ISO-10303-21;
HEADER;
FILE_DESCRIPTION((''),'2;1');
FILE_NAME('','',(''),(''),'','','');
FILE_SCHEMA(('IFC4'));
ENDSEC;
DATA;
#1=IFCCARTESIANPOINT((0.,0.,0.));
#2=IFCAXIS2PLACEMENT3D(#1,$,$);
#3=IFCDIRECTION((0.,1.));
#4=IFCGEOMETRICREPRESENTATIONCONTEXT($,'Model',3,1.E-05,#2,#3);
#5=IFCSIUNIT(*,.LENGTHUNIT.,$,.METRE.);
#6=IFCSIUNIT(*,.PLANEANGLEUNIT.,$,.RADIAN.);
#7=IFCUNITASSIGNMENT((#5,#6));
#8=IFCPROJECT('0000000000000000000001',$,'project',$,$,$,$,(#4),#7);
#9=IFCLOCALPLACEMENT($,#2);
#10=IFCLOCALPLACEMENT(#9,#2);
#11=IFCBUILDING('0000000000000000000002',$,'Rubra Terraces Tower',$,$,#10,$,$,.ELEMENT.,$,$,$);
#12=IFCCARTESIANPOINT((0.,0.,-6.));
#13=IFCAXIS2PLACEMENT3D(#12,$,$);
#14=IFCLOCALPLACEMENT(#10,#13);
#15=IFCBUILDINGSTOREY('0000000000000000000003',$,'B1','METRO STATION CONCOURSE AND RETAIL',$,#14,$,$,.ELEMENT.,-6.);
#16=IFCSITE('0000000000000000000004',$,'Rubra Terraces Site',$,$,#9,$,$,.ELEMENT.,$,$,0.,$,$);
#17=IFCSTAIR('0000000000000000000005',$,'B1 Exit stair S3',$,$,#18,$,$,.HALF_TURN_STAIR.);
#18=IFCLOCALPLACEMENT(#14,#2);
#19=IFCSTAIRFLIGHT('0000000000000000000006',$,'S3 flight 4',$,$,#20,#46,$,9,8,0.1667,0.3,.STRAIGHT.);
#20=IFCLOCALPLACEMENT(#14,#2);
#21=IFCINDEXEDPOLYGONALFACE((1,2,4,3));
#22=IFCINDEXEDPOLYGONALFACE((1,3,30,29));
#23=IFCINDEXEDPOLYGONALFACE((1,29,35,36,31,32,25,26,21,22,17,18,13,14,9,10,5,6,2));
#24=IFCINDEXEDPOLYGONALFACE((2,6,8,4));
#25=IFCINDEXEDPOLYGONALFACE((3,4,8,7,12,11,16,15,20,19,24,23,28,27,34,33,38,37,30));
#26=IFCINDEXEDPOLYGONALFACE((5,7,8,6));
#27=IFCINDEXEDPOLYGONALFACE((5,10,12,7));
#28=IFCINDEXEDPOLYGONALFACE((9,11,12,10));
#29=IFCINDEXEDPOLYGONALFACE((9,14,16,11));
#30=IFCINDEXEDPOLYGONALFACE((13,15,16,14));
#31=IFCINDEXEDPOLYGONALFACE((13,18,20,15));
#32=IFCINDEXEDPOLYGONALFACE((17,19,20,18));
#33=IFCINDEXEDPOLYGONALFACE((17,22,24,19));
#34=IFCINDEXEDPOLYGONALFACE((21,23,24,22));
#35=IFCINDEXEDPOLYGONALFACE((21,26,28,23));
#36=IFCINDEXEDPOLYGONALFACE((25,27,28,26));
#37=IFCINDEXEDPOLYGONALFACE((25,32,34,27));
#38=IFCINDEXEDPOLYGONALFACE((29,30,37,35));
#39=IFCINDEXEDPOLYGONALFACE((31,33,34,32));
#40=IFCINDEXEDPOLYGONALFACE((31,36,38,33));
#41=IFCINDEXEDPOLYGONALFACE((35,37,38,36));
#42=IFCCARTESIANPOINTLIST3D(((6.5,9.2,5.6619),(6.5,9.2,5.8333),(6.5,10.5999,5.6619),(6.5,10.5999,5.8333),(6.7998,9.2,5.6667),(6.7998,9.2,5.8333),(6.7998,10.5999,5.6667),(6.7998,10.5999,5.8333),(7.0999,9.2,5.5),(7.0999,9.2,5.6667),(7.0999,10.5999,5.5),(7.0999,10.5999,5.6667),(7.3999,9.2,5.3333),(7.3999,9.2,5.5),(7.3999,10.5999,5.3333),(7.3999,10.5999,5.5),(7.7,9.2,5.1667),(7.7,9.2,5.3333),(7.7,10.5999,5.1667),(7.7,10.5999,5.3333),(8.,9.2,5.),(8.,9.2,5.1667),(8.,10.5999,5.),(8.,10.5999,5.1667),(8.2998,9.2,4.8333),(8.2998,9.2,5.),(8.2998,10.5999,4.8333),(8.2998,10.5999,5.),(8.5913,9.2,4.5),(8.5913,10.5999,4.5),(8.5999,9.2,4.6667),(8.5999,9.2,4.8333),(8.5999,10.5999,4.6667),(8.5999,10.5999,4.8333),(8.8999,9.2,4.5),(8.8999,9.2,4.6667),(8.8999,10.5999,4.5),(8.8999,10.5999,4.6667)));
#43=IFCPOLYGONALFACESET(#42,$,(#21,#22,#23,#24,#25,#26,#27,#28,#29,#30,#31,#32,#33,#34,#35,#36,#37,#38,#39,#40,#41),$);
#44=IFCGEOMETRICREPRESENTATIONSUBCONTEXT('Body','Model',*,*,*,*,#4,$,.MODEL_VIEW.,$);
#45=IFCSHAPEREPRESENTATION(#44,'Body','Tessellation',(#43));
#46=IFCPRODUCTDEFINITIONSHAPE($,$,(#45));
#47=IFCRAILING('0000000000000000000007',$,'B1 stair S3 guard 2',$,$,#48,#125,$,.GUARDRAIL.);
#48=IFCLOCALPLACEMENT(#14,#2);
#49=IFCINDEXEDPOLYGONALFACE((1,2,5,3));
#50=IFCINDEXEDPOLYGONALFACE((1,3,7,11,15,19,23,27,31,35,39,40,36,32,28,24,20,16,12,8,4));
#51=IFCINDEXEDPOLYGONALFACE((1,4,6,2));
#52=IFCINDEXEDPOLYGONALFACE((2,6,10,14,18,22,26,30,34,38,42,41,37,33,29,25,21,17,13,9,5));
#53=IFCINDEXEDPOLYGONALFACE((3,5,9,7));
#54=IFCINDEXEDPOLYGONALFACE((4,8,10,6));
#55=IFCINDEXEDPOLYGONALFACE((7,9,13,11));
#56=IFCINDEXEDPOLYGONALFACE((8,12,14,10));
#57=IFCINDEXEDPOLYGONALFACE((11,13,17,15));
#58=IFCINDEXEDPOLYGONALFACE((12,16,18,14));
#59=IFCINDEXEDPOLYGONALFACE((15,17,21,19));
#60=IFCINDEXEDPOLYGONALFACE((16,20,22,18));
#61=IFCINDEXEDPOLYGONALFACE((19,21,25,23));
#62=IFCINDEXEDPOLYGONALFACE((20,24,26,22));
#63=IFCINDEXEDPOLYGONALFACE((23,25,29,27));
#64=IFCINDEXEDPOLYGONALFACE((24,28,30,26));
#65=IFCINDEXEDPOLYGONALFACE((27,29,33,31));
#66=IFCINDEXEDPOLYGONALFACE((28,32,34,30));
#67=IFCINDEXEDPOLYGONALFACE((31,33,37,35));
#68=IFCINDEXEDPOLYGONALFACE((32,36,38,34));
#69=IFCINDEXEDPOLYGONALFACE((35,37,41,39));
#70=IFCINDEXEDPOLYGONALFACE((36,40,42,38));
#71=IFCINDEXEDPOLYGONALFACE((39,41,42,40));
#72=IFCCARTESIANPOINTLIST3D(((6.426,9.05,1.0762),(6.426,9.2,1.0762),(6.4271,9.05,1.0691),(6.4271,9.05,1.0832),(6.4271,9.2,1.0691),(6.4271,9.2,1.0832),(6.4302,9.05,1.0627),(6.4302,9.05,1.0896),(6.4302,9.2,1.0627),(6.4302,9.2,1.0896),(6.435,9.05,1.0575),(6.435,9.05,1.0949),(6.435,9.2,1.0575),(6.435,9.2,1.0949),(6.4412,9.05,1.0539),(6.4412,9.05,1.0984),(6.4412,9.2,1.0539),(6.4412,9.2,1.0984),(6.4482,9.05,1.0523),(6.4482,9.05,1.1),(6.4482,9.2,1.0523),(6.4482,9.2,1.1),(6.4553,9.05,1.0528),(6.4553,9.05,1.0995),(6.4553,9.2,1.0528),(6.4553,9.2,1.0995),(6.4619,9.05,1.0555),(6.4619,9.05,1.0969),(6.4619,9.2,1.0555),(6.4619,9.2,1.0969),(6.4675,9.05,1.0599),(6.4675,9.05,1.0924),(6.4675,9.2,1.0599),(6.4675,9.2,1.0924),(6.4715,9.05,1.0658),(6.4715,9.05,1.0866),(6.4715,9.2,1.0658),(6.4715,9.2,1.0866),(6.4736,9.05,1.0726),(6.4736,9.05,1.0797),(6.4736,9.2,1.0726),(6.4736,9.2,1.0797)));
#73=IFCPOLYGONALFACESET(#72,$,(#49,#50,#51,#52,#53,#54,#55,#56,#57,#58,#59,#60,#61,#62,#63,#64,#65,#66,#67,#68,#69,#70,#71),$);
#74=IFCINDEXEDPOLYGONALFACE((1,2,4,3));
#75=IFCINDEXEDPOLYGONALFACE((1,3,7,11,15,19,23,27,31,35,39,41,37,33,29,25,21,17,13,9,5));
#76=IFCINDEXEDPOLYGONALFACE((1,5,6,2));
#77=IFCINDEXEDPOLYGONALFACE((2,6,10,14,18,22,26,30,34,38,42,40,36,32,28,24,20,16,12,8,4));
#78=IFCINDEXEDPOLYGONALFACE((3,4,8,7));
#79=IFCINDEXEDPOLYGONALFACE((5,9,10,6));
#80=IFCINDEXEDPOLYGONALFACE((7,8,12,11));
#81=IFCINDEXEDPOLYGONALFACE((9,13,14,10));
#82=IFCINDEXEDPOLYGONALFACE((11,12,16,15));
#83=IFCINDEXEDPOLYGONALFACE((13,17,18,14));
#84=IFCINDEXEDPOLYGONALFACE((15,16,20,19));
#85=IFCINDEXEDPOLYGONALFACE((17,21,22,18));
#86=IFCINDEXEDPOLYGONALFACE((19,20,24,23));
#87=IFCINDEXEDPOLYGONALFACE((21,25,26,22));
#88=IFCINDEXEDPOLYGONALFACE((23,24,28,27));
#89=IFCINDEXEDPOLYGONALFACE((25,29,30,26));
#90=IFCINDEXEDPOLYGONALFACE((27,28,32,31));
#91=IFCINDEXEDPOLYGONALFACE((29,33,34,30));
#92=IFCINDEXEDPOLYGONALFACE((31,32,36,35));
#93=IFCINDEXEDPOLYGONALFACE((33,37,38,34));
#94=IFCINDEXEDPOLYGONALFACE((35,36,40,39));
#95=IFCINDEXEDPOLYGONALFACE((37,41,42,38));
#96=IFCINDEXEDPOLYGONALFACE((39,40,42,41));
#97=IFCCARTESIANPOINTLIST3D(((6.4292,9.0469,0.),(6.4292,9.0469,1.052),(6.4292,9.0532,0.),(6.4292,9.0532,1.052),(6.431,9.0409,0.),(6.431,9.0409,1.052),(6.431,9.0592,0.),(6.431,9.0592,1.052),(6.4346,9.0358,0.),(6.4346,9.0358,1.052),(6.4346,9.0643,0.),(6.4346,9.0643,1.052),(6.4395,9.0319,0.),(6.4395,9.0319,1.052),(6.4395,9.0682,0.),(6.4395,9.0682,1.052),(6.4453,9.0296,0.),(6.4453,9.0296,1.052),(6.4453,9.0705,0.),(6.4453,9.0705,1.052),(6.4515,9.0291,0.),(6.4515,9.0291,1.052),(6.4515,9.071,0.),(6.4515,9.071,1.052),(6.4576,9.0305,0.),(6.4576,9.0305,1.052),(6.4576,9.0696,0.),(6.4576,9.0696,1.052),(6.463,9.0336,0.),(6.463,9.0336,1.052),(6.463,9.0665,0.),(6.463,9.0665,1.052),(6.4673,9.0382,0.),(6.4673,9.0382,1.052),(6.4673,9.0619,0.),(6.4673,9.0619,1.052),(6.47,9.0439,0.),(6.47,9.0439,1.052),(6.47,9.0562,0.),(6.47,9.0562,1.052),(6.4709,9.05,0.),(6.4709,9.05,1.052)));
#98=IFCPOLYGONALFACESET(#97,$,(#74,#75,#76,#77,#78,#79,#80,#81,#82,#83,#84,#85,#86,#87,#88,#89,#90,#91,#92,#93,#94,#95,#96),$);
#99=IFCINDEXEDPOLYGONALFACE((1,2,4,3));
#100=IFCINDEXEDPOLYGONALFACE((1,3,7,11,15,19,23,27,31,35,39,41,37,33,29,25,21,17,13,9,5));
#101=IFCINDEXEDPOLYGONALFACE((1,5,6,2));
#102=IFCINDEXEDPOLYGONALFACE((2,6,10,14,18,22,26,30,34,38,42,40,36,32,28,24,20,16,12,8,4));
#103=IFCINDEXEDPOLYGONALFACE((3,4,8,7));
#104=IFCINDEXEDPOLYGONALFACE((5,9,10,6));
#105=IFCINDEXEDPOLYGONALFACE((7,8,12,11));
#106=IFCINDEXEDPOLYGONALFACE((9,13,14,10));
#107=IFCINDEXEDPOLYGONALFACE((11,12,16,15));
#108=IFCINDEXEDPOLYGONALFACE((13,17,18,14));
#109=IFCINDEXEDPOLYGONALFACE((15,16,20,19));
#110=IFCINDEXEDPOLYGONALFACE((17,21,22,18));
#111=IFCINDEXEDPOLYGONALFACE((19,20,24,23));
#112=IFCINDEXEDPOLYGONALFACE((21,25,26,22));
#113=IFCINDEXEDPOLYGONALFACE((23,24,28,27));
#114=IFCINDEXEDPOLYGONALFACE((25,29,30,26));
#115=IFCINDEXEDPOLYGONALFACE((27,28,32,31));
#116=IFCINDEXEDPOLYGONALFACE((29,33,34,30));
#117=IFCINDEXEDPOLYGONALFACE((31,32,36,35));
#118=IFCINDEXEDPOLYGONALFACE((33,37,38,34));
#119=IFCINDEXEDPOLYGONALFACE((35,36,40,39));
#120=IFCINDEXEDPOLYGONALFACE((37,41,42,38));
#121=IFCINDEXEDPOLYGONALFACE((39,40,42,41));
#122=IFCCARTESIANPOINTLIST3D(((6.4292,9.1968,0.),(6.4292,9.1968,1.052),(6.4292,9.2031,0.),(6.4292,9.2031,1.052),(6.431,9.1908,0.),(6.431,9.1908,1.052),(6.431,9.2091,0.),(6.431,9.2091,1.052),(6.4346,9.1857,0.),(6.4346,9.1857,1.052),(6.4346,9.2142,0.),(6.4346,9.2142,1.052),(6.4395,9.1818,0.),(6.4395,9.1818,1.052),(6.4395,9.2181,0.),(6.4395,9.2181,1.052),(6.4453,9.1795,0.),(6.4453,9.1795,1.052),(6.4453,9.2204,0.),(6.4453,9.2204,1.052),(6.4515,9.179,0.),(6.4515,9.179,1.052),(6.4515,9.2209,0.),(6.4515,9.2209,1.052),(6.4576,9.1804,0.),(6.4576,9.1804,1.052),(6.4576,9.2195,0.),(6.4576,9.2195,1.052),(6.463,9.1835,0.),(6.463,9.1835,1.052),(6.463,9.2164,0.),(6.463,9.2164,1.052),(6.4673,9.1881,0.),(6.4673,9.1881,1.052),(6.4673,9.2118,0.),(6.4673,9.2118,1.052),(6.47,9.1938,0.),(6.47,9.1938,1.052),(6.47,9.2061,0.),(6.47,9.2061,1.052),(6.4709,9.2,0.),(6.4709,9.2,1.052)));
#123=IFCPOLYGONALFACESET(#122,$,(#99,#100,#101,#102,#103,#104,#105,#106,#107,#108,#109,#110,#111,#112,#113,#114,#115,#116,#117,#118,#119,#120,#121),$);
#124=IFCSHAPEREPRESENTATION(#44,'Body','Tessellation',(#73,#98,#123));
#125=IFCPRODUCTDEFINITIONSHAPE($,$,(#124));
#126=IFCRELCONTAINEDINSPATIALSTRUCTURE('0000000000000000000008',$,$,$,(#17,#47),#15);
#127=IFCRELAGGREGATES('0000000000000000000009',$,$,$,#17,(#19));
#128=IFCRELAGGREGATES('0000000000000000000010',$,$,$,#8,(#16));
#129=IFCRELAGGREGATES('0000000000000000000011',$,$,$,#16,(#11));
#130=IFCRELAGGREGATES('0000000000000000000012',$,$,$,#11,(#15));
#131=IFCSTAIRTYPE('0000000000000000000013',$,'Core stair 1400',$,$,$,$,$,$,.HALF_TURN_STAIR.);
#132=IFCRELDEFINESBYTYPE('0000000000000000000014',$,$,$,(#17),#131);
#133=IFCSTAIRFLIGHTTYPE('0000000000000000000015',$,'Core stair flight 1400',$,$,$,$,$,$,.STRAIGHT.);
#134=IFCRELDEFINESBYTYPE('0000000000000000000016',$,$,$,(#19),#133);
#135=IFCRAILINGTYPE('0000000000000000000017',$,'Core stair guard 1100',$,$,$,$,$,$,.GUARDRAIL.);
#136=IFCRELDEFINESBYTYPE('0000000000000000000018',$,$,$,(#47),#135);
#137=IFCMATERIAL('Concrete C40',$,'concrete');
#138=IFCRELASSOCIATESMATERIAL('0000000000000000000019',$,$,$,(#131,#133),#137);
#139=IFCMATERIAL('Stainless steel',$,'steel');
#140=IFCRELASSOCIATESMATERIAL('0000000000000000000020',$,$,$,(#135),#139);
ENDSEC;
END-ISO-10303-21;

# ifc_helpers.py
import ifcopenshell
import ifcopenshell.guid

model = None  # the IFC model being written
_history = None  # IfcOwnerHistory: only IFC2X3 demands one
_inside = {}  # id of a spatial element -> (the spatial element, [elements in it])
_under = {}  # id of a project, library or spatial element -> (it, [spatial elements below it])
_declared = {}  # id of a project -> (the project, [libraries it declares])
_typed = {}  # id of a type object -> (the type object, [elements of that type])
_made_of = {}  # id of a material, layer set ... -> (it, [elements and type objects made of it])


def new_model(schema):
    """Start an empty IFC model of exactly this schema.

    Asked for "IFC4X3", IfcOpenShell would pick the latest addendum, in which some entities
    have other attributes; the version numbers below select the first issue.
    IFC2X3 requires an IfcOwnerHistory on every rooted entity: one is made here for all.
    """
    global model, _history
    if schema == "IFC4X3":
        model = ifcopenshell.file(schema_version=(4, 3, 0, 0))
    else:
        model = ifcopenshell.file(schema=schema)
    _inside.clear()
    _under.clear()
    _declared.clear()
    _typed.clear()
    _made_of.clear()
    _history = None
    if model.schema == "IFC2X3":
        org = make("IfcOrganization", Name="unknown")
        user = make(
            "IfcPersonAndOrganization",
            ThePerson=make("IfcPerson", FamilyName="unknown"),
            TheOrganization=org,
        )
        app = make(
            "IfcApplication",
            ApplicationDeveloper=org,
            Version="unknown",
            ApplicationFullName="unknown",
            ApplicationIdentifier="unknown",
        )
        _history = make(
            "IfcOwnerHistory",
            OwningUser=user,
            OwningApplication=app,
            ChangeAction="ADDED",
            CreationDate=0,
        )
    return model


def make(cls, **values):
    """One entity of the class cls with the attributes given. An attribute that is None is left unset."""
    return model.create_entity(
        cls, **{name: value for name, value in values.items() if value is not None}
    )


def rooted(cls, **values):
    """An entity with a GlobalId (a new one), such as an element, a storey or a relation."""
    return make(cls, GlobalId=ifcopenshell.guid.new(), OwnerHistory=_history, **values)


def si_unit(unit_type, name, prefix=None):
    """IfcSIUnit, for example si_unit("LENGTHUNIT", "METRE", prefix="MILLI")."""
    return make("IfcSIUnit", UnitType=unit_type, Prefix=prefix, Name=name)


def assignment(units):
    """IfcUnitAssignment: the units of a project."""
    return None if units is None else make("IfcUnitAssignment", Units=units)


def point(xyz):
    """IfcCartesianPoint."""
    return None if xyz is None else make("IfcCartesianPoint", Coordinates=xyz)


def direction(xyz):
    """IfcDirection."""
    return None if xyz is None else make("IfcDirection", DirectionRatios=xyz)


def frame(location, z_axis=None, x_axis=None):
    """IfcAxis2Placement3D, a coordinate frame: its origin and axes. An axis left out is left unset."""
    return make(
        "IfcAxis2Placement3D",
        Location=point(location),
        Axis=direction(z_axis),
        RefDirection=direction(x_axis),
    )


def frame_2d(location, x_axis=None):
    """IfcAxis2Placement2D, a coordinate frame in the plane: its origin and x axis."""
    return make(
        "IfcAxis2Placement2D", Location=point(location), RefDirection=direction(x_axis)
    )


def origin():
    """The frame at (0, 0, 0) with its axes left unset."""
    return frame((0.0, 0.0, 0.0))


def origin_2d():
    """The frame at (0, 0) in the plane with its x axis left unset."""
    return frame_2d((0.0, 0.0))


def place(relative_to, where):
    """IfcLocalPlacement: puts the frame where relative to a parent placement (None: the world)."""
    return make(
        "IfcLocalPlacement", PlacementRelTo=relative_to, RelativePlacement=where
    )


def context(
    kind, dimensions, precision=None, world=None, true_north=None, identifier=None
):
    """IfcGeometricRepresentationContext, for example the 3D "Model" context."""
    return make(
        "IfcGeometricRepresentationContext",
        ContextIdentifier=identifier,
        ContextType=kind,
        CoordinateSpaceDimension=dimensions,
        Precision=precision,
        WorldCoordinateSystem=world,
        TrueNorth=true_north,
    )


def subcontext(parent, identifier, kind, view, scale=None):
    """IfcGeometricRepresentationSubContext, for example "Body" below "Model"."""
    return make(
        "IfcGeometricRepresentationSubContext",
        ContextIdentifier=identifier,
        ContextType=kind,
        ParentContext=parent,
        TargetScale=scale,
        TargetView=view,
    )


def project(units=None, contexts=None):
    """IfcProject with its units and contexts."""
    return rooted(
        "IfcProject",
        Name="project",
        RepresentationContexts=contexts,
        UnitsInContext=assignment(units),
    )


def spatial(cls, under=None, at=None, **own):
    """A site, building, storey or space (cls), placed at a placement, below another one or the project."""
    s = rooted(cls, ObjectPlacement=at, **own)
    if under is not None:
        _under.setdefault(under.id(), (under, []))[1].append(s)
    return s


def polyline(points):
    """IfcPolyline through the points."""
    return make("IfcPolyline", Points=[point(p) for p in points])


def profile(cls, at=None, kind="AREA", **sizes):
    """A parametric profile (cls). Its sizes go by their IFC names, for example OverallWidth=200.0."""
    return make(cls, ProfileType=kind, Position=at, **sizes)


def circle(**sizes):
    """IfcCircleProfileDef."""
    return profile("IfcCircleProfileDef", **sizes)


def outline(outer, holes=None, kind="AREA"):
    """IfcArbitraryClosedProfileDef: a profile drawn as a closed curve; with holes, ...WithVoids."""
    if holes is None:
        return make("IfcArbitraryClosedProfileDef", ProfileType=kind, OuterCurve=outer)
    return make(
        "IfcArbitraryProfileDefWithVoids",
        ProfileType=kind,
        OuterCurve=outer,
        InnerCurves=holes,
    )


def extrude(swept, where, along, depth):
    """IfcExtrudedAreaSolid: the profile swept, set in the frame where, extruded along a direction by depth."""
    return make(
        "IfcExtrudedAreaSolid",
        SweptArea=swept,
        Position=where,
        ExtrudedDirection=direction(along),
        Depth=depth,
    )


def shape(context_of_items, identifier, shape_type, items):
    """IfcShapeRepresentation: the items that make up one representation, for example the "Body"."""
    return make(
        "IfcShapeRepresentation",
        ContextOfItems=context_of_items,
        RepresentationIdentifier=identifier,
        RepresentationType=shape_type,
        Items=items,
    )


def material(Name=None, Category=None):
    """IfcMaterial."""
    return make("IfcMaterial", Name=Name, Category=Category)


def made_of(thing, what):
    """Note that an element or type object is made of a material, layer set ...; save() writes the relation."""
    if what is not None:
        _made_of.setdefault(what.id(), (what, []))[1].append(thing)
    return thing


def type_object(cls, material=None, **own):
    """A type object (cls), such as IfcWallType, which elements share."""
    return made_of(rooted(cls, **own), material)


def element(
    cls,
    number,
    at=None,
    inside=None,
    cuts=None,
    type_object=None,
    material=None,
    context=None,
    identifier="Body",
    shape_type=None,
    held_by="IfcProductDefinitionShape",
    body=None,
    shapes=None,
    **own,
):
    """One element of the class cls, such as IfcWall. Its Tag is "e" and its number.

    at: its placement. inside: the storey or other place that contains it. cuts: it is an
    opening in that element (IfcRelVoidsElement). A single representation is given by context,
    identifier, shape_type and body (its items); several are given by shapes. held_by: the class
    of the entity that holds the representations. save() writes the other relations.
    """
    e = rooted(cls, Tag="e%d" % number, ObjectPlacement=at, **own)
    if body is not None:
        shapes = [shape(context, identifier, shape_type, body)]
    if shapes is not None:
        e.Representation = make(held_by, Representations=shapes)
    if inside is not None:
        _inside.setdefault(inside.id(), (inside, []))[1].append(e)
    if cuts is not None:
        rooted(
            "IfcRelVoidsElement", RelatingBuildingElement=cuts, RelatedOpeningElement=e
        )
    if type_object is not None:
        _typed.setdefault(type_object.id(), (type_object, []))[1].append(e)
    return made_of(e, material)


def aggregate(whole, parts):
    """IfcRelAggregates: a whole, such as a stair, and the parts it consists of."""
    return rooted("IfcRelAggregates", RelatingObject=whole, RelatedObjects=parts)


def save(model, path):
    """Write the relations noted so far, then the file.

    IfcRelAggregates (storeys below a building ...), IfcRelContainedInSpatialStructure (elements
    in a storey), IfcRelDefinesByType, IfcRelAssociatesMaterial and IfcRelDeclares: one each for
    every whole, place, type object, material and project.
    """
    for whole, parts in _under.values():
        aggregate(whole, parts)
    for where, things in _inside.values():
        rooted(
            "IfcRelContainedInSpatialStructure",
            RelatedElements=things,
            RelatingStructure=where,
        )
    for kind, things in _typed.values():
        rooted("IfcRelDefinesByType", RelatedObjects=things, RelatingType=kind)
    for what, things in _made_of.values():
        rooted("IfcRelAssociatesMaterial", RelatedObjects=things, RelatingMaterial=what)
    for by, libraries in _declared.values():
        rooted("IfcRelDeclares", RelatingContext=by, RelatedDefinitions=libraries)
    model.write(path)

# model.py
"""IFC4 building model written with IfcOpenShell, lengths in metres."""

from ifc_helpers import new_model, si_unit, direction, frame, origin, origin_2d, place, context, subcontext, project, spatial, polyline, circle, outline, extrude, material, type_object, element, aggregate, save


model = new_model("IFC4")

# Units and contexts
model_context = context("Model", 3, precision=1e-05, world=origin(), true_north=direction((0.0, 1.0)))
body_context = subcontext(model_context, "Body", "Model", "MODEL_VIEW")
ifc_project = project(units=[si_unit("LENGTHUNIT", "METRE"), si_unit("PLANEANGLEUNIT", "RADIAN")], contexts=[model_context])

# Site, building, storey
site_placement = place(None, origin())
site = spatial("IfcSite", under=ifc_project, at=site_placement, Name="Rubra Terraces Site", CompositionType="ELEMENT", RefElevation=0.0)
building_placement = place(site_placement, origin())
building = spatial("IfcBuilding", under=site, at=building_placement, Name="Rubra Terraces Tower", CompositionType="ELEMENT")
storey_placement = place(building_placement, frame((0.0, 0.0, -6.0)))
storey = spatial("IfcBuildingStorey", under=building, at=storey_placement, Name="B1", Description="METRO STATION CONCOURSE AND RETAIL", CompositionType="ELEMENT", Elevation=-6.0)

# Shared definitions
ifc_material_1 = material(Name="Stainless steel", Category="steel")

# Shared definitions
ifc_material_2 = material(Name="Concrete C40", Category="concrete")

# Stair, stair flight
stair_type = type_object("IfcStairType", Name="Core stair 1400", PredefinedType="HALF_TURN_STAIR", material=ifc_material_2)
stair_placement = place(storey_placement, origin())
stair = element("IfcStair", 1, at=stair_placement, inside=storey, type_object=stair_type, Name="B1 Exit stair S3", PredefinedType="HALF_TURN_STAIR")
stair_flight_type = type_object("IfcStairFlightType", Name="Core stair flight 1400", PredefinedType="STRAIGHT", material=ifc_material_2)
stair_flight_1_placement = place(storey_placement, frame((8.8999, 9.8999, 4.5), z_axis=(0.0, 0.0, 1.0), x_axis=(-1.0, 0.0, 0.0)))
stair_flight_1 = element("IfcStairFlight", 2, at=stair_flight_1_placement, type_object=stair_flight_type, Name="S3 flight 4", NumberOfRisers=9, NumberOfTreads=8, PredefinedType="STRAIGHT", RiserHeight=0.1667, TreadLength=0.3, context=body_context, shape_type="SweptSolid", body=[
    extrude(outline(polyline([(0.0, 0.0), (0.0, 0.1667), (0.3, 0.1667), (0.3, 0.3333), (0.6001, 0.3333), (0.6001, 0.5), (0.8999, 0.5), (0.8999, 0.6667), (1.2, 0.6667), (1.2, 0.8333), (1.5, 0.8333), (1.5, 1.0), (1.8, 1.0), (1.8, 1.1667), (2.1001, 1.1667), (2.1001, 1.3333), (2.3999, 1.3333), (2.3999, 1.5), (2.3999, 1.1619), (0.3086, 0.0), (0.0, 0.0)])), frame((0.0, 0.7, 0.0), z_axis=(0.0, -1.0, 0.0), x_axis=(1.0, 0.0, 0.0)), (0.0, 0.0, 1.0), 1.3999),
])
aggregate(stair, [stair_flight_1])

# Railing
railing_type_1 = type_object("IfcRailingType", Name="Core stair guard 1100", PredefinedType="GUARDRAIL", material=ifc_material_1)
railing_1_placement = place(storey_placement, frame((6.45, 9.05, 0.0)))
element("IfcRailing", 3, at=railing_1_placement, inside=storey, type_object=railing_type_1, Name="B1 stair S3 guard 2", PredefinedType="GUARDRAIL", context=body_context, shape_type="SweptSolid", body=[
    extrude(circle(Radius=0.0239, at=origin_2d()), frame((0.0, 0.0, 1.0762), z_axis=(0.0, 1.0, 0.0), x_axis=(-1.0, 0.0, 0.0)), (0.0, 0.0, 1.0), 0.1499),
    extrude(circle(Radius=0.021, at=origin_2d()), origin(), (0.0, 0.0, 1.0), 1.052),
    extrude(circle(Radius=0.021, at=origin_2d()), frame((0.0, 0.1499, 0.0)), (0.0, 0.0, 1.0), 1.052),
])

save(model, "model.ifc")
